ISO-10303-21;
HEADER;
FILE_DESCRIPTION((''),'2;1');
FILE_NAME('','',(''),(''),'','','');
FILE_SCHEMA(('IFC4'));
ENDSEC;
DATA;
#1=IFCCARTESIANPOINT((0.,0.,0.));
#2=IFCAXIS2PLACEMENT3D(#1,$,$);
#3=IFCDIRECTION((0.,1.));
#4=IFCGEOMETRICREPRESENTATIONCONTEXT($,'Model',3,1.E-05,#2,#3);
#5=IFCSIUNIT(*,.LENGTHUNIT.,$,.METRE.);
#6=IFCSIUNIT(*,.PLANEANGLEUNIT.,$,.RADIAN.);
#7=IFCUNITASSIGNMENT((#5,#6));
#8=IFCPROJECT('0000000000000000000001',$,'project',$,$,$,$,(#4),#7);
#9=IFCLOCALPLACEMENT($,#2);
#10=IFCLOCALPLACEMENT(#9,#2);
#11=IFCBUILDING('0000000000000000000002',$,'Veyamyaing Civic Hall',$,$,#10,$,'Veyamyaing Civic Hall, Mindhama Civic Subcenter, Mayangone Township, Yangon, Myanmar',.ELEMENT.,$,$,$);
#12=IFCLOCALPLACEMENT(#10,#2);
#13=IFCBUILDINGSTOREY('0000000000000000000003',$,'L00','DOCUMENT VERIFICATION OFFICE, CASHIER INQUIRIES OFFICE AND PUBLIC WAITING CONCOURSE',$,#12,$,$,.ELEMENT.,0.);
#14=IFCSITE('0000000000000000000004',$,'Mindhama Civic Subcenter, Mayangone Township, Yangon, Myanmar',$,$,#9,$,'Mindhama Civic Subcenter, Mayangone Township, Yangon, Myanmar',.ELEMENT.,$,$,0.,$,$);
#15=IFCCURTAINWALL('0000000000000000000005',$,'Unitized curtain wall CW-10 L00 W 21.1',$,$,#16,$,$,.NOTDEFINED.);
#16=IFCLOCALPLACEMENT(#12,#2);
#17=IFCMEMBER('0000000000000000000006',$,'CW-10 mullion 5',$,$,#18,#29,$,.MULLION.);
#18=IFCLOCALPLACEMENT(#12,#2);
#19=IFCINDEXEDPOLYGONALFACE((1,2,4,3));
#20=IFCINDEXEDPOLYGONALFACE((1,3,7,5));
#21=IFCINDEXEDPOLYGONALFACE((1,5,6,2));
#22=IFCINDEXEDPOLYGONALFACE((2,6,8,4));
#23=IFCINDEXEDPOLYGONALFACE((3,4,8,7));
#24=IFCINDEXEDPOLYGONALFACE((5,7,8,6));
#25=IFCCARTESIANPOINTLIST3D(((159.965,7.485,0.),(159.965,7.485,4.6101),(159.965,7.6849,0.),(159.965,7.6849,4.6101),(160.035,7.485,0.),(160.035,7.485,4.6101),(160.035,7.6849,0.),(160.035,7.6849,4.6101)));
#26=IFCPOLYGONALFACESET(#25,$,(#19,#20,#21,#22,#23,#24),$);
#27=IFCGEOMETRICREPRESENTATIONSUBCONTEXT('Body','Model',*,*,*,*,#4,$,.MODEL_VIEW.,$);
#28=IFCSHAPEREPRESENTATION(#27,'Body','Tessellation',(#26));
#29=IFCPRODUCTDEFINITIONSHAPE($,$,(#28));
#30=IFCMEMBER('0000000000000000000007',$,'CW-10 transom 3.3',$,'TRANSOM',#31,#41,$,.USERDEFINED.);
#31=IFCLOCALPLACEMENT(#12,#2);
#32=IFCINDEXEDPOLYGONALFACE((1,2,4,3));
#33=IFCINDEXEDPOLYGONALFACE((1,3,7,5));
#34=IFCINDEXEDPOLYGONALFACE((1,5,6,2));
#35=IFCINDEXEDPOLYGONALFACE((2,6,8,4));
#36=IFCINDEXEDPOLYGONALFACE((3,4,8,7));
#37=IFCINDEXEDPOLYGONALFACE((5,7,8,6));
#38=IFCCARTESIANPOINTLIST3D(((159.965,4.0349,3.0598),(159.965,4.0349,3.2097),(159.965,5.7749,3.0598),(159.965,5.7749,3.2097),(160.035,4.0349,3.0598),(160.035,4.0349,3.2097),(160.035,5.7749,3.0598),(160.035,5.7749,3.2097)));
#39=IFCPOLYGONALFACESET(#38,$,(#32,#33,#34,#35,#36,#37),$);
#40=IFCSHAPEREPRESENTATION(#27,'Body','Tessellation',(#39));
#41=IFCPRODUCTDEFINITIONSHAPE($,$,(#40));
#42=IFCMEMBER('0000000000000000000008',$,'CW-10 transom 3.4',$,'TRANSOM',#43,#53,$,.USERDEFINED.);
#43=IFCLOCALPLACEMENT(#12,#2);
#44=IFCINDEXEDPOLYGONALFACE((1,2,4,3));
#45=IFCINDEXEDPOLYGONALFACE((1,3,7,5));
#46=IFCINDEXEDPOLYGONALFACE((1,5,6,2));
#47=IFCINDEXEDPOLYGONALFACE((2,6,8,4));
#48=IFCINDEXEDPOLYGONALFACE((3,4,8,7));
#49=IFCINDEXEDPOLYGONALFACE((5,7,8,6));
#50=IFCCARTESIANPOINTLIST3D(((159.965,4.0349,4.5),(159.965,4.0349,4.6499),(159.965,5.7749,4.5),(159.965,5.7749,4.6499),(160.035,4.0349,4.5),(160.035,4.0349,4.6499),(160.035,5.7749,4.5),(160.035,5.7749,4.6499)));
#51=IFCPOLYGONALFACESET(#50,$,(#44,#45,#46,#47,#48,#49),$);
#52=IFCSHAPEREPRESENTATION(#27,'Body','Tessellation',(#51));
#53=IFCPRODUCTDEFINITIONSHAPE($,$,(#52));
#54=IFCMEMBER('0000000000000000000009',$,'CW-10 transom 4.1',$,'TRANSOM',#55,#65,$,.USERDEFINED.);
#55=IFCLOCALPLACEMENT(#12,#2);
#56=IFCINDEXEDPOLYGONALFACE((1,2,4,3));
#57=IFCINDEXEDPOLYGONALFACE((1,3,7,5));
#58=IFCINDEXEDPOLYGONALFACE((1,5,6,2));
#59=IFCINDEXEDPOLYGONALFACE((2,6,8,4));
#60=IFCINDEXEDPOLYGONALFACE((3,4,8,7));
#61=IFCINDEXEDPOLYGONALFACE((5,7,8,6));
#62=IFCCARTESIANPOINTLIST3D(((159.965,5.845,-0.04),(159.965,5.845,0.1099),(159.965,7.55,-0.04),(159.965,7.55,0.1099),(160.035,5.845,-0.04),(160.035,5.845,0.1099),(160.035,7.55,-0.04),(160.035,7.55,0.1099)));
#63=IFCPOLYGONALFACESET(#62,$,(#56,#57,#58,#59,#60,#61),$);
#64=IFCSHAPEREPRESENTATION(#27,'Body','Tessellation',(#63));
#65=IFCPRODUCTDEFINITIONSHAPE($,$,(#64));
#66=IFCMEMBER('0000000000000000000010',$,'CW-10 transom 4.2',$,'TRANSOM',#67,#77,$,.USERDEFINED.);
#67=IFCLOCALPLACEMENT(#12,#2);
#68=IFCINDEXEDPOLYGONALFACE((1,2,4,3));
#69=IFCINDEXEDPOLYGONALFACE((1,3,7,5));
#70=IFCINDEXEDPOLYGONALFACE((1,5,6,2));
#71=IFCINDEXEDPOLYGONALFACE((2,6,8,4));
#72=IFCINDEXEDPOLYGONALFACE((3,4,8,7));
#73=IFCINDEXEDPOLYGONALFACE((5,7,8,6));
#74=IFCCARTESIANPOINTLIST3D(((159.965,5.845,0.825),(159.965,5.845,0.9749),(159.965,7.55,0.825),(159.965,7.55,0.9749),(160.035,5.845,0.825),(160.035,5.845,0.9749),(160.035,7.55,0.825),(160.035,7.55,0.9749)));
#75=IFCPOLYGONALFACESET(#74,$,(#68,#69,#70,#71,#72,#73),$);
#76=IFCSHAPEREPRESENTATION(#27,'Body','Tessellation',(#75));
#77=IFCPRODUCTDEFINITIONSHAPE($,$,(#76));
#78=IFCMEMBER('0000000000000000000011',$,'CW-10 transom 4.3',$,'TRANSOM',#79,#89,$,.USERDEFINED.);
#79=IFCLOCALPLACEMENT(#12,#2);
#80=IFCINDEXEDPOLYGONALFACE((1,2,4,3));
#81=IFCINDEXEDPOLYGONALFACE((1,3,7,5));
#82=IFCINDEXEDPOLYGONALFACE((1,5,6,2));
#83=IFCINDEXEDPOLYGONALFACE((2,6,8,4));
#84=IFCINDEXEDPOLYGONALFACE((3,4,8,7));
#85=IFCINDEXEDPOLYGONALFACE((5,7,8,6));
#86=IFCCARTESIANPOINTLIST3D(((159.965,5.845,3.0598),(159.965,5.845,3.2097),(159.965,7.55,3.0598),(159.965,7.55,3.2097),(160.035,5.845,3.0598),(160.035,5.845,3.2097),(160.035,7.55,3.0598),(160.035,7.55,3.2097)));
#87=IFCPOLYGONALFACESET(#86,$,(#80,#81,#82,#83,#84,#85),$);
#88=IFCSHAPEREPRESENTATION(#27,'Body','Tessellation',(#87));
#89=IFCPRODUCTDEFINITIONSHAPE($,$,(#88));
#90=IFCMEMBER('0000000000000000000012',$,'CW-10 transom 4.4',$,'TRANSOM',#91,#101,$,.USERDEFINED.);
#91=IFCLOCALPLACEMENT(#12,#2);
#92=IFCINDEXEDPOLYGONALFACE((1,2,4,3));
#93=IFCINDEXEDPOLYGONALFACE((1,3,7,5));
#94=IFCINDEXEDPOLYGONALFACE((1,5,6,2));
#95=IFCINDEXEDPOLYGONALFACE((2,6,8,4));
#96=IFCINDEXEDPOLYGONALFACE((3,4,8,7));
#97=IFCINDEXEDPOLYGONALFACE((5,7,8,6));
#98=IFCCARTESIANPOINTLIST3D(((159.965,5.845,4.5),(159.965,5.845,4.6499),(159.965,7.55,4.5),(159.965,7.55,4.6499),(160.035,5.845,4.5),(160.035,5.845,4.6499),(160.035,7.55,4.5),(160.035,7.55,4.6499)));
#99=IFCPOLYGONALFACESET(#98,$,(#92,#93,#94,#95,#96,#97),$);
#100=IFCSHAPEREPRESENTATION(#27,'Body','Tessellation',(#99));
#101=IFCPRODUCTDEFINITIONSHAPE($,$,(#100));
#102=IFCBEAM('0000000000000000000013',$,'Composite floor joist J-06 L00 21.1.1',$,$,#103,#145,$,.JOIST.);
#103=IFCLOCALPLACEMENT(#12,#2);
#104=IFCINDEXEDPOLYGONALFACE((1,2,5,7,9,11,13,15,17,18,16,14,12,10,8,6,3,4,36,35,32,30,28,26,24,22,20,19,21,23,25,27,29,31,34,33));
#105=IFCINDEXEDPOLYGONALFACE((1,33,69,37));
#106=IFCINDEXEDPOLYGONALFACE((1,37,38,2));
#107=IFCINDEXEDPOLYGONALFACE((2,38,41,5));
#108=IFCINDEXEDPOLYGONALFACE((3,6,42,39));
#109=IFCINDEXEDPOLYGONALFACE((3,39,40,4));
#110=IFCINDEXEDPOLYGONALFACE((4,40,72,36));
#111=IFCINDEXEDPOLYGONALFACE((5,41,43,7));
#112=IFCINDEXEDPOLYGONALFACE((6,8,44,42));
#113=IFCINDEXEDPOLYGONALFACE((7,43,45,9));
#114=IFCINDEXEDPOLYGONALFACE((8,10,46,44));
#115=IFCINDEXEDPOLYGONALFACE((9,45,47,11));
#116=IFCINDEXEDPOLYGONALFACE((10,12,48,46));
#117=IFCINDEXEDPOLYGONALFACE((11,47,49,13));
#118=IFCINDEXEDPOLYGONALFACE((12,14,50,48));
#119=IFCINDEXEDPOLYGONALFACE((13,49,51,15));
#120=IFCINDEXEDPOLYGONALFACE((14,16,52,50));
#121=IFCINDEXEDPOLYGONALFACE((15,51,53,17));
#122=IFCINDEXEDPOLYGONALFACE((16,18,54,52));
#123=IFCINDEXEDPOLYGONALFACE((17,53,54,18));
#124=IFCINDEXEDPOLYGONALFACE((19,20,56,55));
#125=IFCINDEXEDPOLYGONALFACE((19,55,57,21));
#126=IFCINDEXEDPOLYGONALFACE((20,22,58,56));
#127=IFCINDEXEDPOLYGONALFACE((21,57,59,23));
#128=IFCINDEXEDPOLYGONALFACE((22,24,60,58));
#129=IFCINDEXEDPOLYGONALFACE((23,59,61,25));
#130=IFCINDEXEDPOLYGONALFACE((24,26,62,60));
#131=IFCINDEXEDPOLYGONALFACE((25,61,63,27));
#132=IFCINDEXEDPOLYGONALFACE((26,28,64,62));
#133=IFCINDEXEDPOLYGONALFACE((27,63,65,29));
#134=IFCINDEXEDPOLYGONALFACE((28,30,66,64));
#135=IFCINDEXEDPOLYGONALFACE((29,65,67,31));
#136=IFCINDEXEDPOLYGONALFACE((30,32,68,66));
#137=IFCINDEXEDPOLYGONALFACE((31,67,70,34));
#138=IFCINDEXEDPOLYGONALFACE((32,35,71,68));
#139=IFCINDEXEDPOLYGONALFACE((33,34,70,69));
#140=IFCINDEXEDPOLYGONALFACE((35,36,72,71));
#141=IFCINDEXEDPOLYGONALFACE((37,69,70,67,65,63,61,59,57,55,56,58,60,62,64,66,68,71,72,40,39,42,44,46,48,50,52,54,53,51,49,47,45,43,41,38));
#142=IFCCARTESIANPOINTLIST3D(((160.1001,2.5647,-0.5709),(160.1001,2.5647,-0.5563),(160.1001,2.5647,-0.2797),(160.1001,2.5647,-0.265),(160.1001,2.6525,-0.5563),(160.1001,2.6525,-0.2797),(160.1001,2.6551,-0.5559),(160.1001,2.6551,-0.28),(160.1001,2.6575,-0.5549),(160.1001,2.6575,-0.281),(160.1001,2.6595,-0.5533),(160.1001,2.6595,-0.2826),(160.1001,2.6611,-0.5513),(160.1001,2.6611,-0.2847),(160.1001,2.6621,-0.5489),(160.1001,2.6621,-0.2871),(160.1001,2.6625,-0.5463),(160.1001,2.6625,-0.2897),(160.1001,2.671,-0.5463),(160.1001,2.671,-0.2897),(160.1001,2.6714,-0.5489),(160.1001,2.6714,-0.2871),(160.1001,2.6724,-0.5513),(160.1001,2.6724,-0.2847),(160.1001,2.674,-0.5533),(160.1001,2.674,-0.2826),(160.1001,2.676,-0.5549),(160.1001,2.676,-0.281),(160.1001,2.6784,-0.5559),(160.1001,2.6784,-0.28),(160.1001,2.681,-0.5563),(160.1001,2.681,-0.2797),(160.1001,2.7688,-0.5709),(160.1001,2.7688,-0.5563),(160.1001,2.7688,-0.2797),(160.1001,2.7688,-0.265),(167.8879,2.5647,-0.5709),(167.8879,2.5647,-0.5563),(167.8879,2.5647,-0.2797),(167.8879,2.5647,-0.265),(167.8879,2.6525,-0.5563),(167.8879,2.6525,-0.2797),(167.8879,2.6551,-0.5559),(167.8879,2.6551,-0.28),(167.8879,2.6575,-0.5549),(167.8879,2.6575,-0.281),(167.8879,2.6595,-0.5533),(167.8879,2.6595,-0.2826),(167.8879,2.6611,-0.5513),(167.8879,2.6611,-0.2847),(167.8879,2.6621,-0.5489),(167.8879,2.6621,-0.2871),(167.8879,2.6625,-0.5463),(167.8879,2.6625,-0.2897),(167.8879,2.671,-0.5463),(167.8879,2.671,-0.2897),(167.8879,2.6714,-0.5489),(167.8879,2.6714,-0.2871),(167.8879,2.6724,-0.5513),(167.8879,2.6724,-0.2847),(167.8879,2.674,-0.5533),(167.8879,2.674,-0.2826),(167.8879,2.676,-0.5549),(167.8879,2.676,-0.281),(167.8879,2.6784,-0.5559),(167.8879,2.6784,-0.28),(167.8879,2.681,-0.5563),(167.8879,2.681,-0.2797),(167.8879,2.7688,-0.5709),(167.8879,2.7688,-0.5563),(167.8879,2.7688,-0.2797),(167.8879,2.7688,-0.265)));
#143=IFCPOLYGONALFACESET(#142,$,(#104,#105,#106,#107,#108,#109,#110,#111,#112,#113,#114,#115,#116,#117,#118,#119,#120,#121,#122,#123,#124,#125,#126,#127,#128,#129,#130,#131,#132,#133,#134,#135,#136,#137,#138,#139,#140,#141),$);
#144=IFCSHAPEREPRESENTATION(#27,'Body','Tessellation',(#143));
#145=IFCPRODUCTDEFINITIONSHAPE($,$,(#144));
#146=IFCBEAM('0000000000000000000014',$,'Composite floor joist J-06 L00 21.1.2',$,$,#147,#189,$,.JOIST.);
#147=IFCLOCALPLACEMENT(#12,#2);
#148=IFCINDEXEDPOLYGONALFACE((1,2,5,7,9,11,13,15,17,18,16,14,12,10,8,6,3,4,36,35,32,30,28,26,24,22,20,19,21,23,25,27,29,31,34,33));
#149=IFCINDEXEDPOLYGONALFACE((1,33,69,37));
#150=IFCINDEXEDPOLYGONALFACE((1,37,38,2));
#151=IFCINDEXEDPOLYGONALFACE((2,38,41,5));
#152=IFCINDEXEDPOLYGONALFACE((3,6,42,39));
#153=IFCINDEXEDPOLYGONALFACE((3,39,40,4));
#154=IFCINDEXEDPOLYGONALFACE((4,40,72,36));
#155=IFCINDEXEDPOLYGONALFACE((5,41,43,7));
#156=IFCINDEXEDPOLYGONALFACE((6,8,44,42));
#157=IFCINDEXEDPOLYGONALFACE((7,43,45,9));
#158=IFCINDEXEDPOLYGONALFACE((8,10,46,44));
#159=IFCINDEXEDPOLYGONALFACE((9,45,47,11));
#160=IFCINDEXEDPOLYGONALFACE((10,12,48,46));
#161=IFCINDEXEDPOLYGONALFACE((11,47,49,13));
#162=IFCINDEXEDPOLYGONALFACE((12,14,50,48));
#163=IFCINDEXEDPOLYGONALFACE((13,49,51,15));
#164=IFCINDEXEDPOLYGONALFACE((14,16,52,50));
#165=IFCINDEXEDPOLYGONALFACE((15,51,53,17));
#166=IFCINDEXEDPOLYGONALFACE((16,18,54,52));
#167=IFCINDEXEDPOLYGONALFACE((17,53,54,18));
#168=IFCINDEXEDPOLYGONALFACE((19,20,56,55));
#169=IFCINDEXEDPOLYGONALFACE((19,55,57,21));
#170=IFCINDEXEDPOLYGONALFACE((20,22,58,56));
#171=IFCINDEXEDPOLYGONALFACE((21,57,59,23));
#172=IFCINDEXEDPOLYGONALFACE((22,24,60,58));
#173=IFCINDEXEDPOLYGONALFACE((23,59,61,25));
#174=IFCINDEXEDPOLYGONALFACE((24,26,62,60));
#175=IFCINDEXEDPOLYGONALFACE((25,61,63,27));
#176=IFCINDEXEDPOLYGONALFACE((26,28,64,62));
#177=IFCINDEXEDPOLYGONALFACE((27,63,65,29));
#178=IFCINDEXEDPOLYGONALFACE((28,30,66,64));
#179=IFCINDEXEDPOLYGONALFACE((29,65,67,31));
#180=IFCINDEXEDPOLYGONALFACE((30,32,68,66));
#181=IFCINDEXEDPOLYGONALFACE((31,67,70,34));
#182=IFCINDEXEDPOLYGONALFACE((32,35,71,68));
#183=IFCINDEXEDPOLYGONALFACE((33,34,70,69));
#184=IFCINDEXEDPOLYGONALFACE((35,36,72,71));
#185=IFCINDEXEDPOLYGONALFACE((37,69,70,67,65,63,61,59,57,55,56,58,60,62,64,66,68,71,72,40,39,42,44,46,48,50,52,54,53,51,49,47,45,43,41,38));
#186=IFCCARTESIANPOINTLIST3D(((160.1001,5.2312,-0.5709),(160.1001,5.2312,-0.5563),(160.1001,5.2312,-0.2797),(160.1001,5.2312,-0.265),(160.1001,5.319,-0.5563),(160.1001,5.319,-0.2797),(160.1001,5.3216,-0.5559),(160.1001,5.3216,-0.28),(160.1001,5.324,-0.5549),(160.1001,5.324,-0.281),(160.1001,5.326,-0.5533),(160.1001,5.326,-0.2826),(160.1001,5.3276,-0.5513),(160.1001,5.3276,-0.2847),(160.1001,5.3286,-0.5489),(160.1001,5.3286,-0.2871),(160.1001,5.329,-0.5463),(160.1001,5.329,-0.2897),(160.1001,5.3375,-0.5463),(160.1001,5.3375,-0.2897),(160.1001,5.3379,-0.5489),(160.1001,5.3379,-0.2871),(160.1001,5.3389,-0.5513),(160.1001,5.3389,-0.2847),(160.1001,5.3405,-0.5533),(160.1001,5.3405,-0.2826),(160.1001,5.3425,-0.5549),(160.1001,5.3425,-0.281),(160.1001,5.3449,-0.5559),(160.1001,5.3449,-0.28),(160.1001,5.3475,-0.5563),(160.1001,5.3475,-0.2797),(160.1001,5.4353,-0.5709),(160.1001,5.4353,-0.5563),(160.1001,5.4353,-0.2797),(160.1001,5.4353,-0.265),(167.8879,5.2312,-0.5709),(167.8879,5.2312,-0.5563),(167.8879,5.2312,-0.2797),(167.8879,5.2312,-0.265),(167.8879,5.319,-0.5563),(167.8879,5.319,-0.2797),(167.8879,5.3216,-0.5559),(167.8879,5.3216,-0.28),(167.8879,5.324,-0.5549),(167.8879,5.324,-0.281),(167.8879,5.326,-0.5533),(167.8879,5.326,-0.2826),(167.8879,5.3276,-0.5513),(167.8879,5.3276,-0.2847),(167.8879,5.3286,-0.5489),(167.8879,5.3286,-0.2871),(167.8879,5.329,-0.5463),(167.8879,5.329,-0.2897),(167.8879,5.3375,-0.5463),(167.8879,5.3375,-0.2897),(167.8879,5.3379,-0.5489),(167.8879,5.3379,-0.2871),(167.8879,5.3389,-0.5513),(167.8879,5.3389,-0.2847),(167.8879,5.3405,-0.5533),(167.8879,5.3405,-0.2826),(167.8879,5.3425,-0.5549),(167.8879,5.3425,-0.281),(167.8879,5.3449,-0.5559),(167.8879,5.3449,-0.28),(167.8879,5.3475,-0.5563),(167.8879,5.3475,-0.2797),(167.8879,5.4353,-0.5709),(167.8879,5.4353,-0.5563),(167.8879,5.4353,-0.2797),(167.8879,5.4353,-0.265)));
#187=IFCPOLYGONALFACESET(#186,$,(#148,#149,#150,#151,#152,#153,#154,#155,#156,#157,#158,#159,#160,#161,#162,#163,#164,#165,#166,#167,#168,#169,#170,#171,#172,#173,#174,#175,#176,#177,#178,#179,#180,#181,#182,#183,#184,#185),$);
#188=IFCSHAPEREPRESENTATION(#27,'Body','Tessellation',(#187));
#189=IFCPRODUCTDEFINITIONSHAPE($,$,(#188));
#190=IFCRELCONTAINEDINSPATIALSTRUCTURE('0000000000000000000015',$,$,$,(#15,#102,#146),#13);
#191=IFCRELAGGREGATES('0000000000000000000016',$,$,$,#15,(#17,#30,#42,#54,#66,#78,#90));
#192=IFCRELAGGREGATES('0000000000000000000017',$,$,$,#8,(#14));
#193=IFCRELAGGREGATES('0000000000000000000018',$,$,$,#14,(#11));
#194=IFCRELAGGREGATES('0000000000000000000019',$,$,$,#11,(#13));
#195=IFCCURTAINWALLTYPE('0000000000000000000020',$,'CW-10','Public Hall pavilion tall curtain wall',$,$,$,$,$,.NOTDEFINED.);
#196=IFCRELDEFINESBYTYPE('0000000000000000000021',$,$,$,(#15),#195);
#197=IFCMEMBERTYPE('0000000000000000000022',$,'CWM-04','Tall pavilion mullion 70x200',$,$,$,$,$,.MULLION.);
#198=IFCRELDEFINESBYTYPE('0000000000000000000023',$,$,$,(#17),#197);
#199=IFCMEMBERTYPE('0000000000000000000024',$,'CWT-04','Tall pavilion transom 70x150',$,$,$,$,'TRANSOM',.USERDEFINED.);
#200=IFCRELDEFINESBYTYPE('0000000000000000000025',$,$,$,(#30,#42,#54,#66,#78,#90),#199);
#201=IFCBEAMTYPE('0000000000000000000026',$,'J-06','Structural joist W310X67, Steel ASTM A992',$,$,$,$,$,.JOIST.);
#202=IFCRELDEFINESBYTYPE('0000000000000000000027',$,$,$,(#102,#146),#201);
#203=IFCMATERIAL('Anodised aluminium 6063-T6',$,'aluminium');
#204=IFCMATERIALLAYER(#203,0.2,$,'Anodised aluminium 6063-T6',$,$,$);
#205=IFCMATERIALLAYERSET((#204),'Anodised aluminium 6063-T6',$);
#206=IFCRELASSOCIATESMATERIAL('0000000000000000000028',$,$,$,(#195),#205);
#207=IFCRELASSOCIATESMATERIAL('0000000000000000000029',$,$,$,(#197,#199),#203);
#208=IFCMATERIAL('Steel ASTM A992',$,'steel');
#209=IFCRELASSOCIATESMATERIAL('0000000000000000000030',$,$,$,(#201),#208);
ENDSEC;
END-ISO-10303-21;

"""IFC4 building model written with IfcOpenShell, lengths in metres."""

from ifc_helpers import new_model, si_unit, direction, frame, origin, origin_2d, place, context, subcontext, project, spatial, rectangle, i_section, extrude, material, layer, layer_set, material_profile, profile_set, type_object, element, aggregate, save


model = new_model("IFC4")

# Units and contexts
model_context = context("Model", 3, precision=1e-05, world=origin(), true_north=direction((0.0, 1.0)))
body_context = subcontext(model_context, "Body", "Model", "MODEL_VIEW")
ifc_project = project(units=[si_unit("LENGTHUNIT", "METRE"), si_unit("PLANEANGLEUNIT", "RADIAN")], contexts=[model_context])

# Site, building, storey
site_placement = place(None, origin())
site = spatial("IfcSite", under=ifc_project, at=site_placement, Name="Mindhama Civic Subcenter, Mayangone Township, Yangon, Myanmar", LongName="Mindhama Civic Subcenter, Mayangone Township, Yangon, Myanmar", CompositionType="ELEMENT", RefElevation=0.0)
building_placement = place(site_placement, origin())
building = spatial("IfcBuilding", under=site, at=building_placement, Name="Veyamyaing Civic Hall", LongName="Veyamyaing Civic Hall, Mindhama Civic Subcenter, Mayangone Township, Yangon, Myanmar", CompositionType="ELEMENT")
storey_placement = place(building_placement, origin())
storey = spatial("IfcBuildingStorey", under=building, at=storey_placement, Name="L00", Description="DOCUMENT VERIFICATION OFFICE, CASHIER INQUIRIES OFFICE AND PUBLIC WAITING CONCOURSE", CompositionType="ELEMENT", Elevation=0.0)

# Shared definitions
ifc_material_1 = material(Name="Steel ASTM A992", Category="steel")

# Curtain wall, members
ifc_material_2 = material(Name="Anodised aluminium 6063-T6", Category="aluminium")
ifc_layer_1 = layer(ifc_material_2, 0.2, Name="Anodised aluminium 6063-T6")
ifc_layer_set_1 = layer_set([ifc_layer_1], Name="Anodised aluminium 6063-T6")
curtain_wall_type = type_object("IfcCurtainWallType", Name="CW-10", Description="Public Hall pavilion tall curtain wall", PredefinedType="NOTDEFINED", material=ifc_layer_set_1)
curtain_wall_placement = place(storey_placement, origin())
curtain_wall = element("IfcCurtainWall", 1, at=curtain_wall_placement, inside=storey, type_object=curtain_wall_type, Name="Unitized curtain wall CW-10 L00 W 21.1", PredefinedType="NOTDEFINED")
ifc_material_profile_1 = material_profile(ifc_material_2, rectangle(XDim=0.0701, YDim=0.2, at=origin_2d()), Name="ALU-MUL-70X200")
ifc_profile_set_1 = profile_set([ifc_material_profile_1], Name="Anodised aluminium 6063-T6")
member_type_1 = type_object("IfcMemberType", Name="CWM-04", Description="Tall pavilion mullion 70x200", PredefinedType="MULLION", material=ifc_profile_set_1)
member_1_placement = place(storey_placement, frame((160.0, 7.585, 0.0), z_axis=(0.0, 0.0, 1.0), x_axis=(-1.0, 0.0, 0.0)))
member_1 = element("IfcMember", 2, at=member_1_placement, type_object=member_type_1, Name="CW-10 mullion 5", PredefinedType="MULLION", context=body_context, shape_type="SweptSolid", body=[
    extrude(rectangle(XDim=0.0701, YDim=0.2, at=origin_2d()), origin(), (0.0, 0.0, 1.0), 4.6101),
])
ifc_material_profile_2 = material_profile(ifc_material_2, rectangle(XDim=0.0701, YDim=0.1499, at=origin_2d()), Name="ALU-TRN-70X150")
ifc_profile_set_2 = profile_set([ifc_material_profile_2], Name="Anodised aluminium 6063-T6")
member_type_2 = type_object("IfcMemberType", Name="CWT-04", Description="Tall pavilion transom 70x150", ElementType="TRANSOM", PredefinedType="USERDEFINED", material=ifc_profile_set_2)
member_2_placement = place(storey_placement, frame((160.0, 4.0349, 3.1348), z_axis=(0.0, 1.0, 0.0), x_axis=(-1.0, 0.0, 0.0)))
member_2 = element("IfcMember", 3, at=member_2_placement, type_object=member_type_2, Name="CW-10 transom 3.3", ObjectType="TRANSOM", PredefinedType="USERDEFINED", context=body_context, shape_type="SweptSolid", body=[
    extrude(rectangle(XDim=0.0701, YDim=0.1499, at=origin_2d()), origin(), (0.0, 0.0, 1.0), 1.74),
])
member_3_placement = place(storey_placement, frame((160.0, 4.0349, 4.575), z_axis=(0.0, 1.0, 0.0), x_axis=(-1.0, 0.0, 0.0)))
member_3 = element("IfcMember", 4, at=member_3_placement, type_object=member_type_2, Name="CW-10 transom 3.4", ObjectType="TRANSOM", PredefinedType="USERDEFINED", context=body_context, shape_type="SweptSolid", body=[
    extrude(rectangle(XDim=0.0701, YDim=0.1499, at=origin_2d()), origin(), (0.0, 0.0, 1.0), 1.74),
])
member_4_placement = place(storey_placement, frame((160.0, 5.845, 0.0349), z_axis=(0.0, 1.0, 0.0), x_axis=(-1.0, 0.0, 0.0)))
member_4 = element("IfcMember", 5, at=member_4_placement, type_object=member_type_2, Name="CW-10 transom 4.1", ObjectType="TRANSOM", PredefinedType="USERDEFINED", context=body_context, shape_type="SweptSolid", body=[
    extrude(rectangle(XDim=0.0701, YDim=0.1499, at=origin_2d()), origin(), (0.0, 0.0, 1.0), 1.7051),
])
member_5_placement = place(storey_placement, frame((160.0, 5.845, 0.8999), z_axis=(0.0, 1.0, 0.0), x_axis=(-1.0, 0.0, 0.0)))
member_5 = element("IfcMember", 6, at=member_5_placement, type_object=member_type_2, Name="CW-10 transom 4.2", ObjectType="TRANSOM", PredefinedType="USERDEFINED", context=body_context, shape_type="SweptSolid", body=[
    extrude(rectangle(XDim=0.0701, YDim=0.1499, at=origin_2d()), origin(), (0.0, 0.0, 1.0), 1.7051),
])
member_6_placement = place(storey_placement, frame((160.0, 5.845, 3.1348), z_axis=(0.0, 1.0, 0.0), x_axis=(-1.0, 0.0, 0.0)))
member_6 = element("IfcMember", 7, at=member_6_placement, type_object=member_type_2, Name="CW-10 transom 4.3", ObjectType="TRANSOM", PredefinedType="USERDEFINED", context=body_context, shape_type="SweptSolid", body=[
    extrude(rectangle(XDim=0.0701, YDim=0.1499, at=origin_2d()), origin(), (0.0, 0.0, 1.0), 1.7051),
])
member_7_placement = place(storey_placement, frame((160.0, 5.845, 4.575), z_axis=(0.0, 1.0, 0.0), x_axis=(-1.0, 0.0, 0.0)))
member_7 = element("IfcMember", 8, at=member_7_placement, type_object=member_type_2, Name="CW-10 transom 4.4", ObjectType="TRANSOM", PredefinedType="USERDEFINED", context=body_context, shape_type="SweptSolid", body=[
    extrude(rectangle(XDim=0.0701, YDim=0.1499, at=origin_2d()), origin(), (0.0, 0.0, 1.0), 1.7051),
])

# Beams
ifc_material_profile_3 = material_profile(ifc_material_1, i_section(OverallWidth=0.2041, OverallDepth=0.3059, WebThickness=0.0085, FlangeThickness=0.0146, FilletRadius=0.01, at=origin_2d()), Name="W310X67")
ifc_profile_set_3 = profile_set([ifc_material_profile_3], Name="Steel ASTM A992")
beam_type_1 = type_object("IfcBeamType", Name="J-06", Description="Structural joist W310X67, Steel ASTM A992", PredefinedType="JOIST", material=ifc_profile_set_3)
for number, where, z_axis, x_axis, name in (
    (9, (160.1001, 2.6667, -0.418), (1.0, 0.0, 0.0), (0.0, 1.0, 0.0), "Composite floor joist J-06 L00 21.1.1"),
    (10, (160.1001, 5.3333, -0.418), (1.0, 0.0, 0.0), (0.0, 1.0, 0.0), "Composite floor joist J-06 L00 21.1.2"),
):
    element("IfcBeam", number, at=place(storey_placement, frame(where, z_axis=z_axis, x_axis=x_axis)), inside=storey, type_object=beam_type_1, Name=name, PredefinedType="JOIST", context=body_context, shape_type="SweptSolid", body=[
        extrude(i_section(OverallWidth=0.2041, OverallDepth=0.3059, WebThickness=0.0085, FlangeThickness=0.0146, FilletRadius=0.01, at=origin_2d()), origin(), (0.0, 0.0, 1.0), 7.7878),
    ])

aggregate(curtain_wall, [member_1, member_2, member_3, member_4, member_5, member_6, member_7])

save(model, "model.ifc")
